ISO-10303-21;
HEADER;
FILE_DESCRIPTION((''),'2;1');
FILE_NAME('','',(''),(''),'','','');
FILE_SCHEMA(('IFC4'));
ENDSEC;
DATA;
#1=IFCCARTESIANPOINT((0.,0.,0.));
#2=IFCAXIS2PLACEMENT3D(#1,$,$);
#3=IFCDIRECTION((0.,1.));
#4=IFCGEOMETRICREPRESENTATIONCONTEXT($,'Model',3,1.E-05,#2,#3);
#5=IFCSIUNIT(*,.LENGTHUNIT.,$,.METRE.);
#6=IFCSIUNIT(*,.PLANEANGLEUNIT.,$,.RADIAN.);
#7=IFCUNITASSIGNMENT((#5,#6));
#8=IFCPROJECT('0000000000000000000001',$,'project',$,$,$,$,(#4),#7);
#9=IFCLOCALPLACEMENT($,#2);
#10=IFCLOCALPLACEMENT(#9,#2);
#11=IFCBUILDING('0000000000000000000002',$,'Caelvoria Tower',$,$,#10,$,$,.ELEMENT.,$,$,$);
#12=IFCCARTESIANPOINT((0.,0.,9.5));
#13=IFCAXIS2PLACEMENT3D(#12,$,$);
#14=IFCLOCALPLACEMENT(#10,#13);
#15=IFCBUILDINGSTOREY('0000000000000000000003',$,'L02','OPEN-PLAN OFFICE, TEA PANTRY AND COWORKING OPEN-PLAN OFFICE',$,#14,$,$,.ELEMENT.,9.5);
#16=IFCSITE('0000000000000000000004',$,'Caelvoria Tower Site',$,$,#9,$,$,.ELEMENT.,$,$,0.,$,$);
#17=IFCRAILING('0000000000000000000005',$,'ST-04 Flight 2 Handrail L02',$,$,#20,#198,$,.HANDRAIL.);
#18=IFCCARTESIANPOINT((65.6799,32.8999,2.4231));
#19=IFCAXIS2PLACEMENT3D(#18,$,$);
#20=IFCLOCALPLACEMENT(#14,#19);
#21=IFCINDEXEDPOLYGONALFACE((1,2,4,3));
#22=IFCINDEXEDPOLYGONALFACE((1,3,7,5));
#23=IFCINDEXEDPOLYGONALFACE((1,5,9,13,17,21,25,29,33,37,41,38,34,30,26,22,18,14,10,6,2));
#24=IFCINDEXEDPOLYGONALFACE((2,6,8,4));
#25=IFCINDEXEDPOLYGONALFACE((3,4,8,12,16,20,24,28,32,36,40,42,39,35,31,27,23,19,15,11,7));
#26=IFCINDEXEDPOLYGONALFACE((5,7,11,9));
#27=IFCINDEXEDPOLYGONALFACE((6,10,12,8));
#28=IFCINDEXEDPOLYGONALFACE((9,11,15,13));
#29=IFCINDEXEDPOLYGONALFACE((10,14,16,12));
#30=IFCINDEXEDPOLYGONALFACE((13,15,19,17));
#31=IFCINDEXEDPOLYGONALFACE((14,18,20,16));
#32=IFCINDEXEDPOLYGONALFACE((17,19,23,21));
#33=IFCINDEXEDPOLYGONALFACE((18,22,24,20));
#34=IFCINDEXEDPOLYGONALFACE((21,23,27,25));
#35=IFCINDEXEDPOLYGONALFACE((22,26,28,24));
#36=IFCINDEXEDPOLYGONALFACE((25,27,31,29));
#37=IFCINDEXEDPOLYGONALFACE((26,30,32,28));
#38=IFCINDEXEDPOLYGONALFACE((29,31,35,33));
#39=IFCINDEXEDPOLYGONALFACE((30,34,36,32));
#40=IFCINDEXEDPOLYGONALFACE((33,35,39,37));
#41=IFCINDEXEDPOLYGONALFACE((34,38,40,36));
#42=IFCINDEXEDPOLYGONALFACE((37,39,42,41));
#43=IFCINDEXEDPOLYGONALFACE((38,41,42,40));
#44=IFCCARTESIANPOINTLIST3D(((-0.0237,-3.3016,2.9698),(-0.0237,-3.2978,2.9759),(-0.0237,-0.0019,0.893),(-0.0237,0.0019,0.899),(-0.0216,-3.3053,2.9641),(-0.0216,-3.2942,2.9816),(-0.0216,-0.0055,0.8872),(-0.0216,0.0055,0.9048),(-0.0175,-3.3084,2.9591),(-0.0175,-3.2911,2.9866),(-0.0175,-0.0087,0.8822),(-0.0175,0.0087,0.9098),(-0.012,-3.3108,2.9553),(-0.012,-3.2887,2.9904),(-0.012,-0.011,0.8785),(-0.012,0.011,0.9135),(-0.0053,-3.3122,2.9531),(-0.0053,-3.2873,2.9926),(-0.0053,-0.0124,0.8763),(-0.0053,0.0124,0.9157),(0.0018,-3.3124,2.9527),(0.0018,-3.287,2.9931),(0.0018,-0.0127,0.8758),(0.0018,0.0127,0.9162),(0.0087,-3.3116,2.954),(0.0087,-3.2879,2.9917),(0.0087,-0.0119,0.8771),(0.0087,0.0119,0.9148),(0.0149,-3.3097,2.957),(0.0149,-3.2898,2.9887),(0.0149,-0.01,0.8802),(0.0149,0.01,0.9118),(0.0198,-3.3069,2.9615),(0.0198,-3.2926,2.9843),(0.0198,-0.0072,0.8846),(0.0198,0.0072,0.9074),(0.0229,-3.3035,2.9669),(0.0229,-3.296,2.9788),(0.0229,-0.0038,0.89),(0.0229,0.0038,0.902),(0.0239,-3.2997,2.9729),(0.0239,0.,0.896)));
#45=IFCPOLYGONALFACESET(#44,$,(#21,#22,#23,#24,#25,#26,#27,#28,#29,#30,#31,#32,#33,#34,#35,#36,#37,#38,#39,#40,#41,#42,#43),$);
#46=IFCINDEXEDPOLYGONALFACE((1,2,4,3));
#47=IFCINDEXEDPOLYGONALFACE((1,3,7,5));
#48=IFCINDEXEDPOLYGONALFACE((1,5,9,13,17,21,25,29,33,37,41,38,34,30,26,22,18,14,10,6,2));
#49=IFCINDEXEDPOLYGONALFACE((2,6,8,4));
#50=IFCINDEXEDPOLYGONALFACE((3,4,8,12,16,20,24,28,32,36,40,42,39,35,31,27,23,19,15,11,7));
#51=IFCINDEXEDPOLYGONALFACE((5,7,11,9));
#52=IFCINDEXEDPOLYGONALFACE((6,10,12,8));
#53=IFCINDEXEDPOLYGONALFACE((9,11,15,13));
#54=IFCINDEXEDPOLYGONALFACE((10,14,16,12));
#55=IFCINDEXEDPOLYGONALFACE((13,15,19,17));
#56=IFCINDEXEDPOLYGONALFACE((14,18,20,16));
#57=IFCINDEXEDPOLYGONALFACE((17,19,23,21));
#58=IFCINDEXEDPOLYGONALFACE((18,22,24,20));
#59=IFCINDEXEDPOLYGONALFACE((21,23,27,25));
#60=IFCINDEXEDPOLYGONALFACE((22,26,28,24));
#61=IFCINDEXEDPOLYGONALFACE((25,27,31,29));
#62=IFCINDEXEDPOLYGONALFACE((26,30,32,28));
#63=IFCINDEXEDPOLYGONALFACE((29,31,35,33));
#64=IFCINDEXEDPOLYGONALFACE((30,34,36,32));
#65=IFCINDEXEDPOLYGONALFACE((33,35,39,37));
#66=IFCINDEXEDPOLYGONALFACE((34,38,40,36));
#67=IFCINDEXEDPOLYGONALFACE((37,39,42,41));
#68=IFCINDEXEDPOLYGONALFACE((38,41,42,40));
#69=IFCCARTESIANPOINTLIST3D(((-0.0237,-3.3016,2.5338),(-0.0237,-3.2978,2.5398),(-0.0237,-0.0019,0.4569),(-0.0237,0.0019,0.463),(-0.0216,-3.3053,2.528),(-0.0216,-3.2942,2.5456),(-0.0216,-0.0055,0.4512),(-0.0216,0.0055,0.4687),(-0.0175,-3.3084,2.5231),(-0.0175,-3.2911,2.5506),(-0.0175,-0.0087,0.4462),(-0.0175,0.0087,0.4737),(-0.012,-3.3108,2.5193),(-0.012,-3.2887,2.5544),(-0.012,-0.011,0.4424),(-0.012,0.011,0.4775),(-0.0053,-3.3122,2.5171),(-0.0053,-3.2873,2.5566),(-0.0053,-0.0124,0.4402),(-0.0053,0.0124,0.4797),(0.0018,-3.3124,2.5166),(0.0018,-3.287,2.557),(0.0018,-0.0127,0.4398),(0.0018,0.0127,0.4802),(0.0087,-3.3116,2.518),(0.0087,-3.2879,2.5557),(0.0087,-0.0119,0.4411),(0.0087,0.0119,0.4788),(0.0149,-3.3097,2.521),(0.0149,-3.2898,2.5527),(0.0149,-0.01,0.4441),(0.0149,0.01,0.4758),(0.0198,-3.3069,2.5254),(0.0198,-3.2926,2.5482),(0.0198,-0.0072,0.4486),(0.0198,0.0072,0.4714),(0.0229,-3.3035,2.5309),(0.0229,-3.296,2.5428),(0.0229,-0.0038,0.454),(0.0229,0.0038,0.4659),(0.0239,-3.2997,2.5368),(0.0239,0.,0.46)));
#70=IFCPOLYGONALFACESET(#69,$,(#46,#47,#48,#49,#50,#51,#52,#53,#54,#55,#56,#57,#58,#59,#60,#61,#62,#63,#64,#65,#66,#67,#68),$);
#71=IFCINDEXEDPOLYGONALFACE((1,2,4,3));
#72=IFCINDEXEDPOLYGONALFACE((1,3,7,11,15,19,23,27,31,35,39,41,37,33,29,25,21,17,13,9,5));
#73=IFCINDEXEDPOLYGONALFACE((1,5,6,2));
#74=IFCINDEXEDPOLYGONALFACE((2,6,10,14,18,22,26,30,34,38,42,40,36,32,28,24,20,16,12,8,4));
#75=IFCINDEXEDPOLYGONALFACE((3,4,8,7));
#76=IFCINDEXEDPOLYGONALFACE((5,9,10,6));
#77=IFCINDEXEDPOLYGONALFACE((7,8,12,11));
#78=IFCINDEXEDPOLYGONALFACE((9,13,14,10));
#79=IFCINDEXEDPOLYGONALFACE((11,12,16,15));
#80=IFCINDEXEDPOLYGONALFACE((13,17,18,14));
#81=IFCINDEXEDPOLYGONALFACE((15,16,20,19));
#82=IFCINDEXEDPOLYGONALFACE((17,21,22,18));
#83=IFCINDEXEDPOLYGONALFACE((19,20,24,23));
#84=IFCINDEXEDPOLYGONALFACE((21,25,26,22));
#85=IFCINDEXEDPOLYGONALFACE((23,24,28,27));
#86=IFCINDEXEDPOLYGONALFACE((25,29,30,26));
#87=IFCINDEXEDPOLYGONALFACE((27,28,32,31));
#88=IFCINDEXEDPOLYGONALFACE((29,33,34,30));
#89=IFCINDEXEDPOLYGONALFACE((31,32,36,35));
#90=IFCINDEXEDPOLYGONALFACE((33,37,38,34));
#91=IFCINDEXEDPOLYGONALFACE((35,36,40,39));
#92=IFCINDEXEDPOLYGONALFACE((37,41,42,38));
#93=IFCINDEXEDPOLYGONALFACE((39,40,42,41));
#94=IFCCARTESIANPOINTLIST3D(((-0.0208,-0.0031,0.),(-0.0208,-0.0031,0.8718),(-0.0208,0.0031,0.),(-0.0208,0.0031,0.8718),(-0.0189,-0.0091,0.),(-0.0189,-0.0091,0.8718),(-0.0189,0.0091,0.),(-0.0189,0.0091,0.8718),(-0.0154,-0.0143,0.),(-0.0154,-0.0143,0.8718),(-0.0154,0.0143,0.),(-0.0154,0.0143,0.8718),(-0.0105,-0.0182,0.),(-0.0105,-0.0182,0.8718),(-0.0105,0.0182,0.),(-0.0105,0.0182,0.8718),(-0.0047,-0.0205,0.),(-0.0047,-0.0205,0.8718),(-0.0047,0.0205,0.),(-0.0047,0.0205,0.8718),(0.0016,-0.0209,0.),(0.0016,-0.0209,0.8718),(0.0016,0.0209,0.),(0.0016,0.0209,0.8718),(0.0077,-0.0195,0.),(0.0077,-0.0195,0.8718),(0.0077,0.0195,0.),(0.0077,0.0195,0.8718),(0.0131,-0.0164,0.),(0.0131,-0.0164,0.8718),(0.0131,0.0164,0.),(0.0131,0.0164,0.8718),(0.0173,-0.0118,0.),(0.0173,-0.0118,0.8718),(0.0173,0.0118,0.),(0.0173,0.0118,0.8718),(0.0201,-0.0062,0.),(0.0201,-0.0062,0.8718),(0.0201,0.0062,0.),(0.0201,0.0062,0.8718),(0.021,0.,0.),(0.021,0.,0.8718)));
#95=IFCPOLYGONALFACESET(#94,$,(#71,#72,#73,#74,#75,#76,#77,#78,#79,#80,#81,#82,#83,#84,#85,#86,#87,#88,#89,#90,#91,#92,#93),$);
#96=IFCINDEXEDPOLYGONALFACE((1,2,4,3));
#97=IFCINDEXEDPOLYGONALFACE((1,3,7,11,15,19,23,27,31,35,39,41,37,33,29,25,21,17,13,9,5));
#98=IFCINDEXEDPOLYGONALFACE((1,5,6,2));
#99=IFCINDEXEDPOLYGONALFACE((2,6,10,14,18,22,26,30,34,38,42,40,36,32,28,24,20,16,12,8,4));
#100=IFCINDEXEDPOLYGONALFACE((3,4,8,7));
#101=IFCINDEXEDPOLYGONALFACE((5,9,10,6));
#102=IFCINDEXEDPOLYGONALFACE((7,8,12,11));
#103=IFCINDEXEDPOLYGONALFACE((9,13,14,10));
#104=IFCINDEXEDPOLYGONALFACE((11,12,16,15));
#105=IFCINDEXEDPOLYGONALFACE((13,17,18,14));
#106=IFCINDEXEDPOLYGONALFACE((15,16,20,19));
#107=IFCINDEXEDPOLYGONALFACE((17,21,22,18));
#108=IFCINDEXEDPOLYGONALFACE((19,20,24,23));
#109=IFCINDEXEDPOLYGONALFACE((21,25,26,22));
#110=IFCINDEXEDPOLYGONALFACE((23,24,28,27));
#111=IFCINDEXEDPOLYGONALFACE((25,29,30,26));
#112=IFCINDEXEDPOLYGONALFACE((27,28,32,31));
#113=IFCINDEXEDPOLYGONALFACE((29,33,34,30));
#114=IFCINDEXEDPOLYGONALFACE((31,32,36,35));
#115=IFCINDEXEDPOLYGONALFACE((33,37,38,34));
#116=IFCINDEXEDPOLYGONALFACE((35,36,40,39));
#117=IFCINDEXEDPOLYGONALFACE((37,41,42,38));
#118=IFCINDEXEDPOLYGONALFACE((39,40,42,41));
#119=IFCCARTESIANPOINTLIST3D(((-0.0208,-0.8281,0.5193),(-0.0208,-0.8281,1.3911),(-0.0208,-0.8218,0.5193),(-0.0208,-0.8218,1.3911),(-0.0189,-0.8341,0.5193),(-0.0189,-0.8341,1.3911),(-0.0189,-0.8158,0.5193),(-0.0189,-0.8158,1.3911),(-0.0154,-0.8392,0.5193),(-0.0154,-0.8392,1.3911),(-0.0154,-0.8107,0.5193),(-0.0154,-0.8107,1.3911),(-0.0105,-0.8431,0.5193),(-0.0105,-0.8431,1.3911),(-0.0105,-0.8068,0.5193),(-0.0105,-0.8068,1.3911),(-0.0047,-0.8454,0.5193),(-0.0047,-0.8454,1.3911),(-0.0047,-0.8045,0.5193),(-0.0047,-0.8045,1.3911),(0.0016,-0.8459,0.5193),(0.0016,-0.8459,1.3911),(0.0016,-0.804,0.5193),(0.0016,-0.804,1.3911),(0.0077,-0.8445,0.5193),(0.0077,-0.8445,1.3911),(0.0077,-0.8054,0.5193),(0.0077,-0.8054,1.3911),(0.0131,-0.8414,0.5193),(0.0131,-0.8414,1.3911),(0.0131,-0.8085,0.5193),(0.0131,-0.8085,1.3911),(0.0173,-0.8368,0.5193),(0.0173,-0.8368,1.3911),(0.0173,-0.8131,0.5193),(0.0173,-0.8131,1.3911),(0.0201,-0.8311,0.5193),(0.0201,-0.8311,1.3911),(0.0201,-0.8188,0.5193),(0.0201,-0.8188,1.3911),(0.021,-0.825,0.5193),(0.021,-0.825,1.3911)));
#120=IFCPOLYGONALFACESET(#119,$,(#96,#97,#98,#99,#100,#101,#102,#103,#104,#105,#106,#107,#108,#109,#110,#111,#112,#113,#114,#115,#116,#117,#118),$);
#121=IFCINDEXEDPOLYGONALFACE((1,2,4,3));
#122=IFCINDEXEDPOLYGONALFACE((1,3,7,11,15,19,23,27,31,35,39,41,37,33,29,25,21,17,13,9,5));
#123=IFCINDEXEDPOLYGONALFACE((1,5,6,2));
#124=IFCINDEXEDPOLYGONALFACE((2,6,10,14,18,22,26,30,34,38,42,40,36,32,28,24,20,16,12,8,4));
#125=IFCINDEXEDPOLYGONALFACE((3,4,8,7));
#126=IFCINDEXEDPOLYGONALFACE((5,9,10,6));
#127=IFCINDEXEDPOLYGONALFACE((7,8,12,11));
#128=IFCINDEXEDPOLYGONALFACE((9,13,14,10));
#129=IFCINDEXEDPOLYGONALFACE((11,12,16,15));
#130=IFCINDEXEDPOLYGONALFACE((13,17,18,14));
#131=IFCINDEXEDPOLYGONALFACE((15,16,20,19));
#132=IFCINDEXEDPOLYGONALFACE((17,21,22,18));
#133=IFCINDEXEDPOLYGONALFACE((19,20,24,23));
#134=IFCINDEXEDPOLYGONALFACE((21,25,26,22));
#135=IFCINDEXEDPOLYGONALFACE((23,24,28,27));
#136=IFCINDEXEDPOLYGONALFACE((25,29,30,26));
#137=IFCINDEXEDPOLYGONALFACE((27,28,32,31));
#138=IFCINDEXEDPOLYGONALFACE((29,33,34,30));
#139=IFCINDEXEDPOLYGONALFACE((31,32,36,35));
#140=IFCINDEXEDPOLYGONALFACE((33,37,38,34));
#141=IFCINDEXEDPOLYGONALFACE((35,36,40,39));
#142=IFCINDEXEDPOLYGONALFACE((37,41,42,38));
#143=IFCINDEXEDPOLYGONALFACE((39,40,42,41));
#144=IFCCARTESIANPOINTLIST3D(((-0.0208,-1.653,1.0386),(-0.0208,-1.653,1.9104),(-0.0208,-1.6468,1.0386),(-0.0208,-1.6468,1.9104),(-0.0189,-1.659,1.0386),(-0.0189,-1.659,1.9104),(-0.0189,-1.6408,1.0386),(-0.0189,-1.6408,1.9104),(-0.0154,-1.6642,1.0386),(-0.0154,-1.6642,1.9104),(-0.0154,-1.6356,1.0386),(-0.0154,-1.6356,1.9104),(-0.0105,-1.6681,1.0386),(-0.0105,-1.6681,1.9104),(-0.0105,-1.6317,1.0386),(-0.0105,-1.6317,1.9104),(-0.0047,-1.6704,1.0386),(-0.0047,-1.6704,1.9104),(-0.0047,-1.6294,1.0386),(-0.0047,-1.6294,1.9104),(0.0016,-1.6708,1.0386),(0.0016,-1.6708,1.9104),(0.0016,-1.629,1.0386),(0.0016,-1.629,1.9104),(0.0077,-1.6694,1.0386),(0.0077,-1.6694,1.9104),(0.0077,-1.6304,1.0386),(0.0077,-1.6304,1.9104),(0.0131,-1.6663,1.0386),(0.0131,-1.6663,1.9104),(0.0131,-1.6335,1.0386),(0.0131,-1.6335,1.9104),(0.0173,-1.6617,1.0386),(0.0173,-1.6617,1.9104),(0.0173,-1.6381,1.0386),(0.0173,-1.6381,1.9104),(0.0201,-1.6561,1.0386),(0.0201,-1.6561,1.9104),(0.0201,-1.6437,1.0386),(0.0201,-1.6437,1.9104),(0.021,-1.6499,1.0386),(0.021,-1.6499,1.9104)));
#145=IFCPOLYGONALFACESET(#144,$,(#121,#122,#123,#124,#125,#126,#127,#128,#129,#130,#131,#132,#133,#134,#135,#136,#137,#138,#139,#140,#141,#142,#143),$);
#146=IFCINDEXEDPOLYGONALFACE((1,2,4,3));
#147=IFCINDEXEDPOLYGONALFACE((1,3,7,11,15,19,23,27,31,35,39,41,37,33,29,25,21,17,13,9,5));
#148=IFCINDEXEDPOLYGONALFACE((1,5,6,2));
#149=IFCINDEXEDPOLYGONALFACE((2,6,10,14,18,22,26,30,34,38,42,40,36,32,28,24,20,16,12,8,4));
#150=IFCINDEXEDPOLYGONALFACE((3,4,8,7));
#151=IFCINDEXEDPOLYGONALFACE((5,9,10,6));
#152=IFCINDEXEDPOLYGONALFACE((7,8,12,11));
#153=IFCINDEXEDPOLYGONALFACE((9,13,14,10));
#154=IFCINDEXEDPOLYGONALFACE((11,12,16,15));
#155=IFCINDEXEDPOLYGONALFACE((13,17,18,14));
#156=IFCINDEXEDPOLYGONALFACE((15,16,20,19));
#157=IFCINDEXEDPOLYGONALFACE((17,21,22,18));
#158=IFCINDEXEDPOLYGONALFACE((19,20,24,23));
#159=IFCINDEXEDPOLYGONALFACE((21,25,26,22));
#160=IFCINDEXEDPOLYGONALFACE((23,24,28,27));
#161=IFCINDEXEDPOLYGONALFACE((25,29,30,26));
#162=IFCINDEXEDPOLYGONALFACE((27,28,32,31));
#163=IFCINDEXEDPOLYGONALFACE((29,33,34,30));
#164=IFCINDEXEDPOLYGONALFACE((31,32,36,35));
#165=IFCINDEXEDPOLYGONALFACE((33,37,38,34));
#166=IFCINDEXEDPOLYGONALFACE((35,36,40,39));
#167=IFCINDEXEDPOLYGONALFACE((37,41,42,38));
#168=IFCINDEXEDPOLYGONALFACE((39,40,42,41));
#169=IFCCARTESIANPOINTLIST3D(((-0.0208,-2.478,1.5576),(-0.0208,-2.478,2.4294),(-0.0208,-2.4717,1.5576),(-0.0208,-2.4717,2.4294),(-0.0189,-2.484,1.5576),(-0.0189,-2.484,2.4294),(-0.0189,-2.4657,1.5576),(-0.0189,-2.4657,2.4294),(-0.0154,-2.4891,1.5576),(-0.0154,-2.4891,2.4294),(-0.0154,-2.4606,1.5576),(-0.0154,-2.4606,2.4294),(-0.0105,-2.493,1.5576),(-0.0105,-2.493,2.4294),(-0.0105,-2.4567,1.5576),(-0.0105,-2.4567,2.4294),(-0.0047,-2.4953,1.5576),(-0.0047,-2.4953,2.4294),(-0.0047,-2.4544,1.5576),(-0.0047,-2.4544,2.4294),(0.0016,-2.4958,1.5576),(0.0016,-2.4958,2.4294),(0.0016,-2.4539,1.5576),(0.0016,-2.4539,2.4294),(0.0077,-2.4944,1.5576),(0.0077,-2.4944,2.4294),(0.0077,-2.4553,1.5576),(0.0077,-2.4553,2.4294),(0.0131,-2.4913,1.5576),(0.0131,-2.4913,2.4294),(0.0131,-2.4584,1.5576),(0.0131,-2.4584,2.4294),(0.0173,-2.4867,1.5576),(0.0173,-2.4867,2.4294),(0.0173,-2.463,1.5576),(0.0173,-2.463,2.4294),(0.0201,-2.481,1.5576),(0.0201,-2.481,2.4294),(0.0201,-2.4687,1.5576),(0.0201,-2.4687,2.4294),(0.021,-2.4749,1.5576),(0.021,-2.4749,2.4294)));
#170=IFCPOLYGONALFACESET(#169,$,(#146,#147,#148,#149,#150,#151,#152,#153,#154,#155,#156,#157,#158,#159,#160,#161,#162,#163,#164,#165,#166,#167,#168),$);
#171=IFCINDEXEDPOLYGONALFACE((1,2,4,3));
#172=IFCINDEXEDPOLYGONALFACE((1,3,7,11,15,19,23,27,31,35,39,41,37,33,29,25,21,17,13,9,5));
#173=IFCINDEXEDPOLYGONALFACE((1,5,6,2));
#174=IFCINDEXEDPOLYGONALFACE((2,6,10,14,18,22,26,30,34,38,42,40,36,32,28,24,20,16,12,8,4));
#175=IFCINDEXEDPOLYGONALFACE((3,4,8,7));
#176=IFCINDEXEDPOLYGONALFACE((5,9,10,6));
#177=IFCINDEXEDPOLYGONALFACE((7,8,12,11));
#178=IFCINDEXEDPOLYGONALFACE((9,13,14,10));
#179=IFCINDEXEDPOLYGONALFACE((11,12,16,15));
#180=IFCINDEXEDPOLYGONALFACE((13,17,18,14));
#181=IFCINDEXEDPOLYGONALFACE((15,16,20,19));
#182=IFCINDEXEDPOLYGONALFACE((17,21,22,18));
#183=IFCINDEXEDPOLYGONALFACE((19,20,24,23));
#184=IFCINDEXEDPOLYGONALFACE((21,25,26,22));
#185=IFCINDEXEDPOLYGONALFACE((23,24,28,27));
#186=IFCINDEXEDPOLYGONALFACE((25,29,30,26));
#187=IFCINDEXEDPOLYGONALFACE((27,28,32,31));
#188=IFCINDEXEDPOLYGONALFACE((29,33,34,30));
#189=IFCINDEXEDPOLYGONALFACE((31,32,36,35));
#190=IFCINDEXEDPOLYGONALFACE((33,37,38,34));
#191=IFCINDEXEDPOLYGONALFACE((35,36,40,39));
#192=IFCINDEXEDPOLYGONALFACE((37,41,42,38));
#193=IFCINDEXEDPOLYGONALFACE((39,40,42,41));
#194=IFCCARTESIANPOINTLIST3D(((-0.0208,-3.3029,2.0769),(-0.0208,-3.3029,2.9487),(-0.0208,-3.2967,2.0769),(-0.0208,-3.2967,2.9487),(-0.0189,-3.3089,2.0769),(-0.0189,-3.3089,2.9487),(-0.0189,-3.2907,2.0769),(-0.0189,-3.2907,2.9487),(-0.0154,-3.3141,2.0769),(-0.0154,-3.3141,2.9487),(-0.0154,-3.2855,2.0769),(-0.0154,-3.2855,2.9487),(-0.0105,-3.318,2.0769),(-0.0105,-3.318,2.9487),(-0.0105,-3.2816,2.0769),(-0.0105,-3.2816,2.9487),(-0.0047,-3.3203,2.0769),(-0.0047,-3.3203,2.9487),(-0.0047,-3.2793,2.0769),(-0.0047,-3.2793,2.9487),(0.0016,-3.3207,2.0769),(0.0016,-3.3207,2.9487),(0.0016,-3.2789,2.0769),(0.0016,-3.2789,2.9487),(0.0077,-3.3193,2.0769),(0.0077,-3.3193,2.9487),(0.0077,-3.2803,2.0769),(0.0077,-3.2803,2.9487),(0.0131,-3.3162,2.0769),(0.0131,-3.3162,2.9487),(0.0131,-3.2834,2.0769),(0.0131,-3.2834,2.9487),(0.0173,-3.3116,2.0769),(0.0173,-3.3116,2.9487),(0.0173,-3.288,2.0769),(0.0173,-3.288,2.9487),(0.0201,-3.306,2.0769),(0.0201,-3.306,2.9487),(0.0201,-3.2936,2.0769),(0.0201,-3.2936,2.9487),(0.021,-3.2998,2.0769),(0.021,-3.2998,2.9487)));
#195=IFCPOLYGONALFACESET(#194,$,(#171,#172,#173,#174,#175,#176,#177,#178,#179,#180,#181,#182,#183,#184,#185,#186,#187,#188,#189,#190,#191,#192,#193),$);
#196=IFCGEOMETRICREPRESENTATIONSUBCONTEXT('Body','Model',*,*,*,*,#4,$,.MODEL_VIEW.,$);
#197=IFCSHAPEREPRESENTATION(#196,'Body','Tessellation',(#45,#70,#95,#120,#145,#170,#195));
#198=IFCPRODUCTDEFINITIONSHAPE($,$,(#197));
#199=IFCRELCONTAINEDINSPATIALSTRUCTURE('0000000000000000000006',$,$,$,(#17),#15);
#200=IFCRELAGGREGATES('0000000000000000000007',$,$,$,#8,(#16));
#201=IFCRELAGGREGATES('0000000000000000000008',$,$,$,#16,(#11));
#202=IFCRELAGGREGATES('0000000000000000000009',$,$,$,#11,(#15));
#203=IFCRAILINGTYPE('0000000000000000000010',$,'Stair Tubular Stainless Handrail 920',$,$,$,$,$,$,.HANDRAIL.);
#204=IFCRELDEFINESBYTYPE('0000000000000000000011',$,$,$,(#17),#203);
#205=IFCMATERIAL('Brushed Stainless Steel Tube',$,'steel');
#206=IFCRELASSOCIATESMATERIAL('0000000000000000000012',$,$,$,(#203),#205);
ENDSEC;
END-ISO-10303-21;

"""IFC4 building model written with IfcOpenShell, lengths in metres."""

from ifc_helpers import new_model, si_unit, direction, frame, origin, origin_2d, place, context, subcontext, project, spatial, circle, extrude, material, type_object, element, save


model = new_model("IFC4")

# Units and contexts
model_context = context("Model", 3, precision=1e-05, world=origin(), true_north=direction((0.0, 1.0)))
body_context = subcontext(model_context, "Body", "Model", "MODEL_VIEW")
ifc_project = project(units=[si_unit("LENGTHUNIT", "METRE"), si_unit("PLANEANGLEUNIT", "RADIAN")], contexts=[model_context])

# Site, building, storey
site_placement = place(None, origin())
site = spatial("IfcSite", under=ifc_project, at=site_placement, Name="Caelvoria Tower Site", CompositionType="ELEMENT", RefElevation=0.0)
building_placement = place(site_placement, origin())
building = spatial("IfcBuilding", under=site, at=building_placement, Name="Caelvoria Tower", CompositionType="ELEMENT")
storey_placement = place(building_placement, frame((0.0, 0.0, 9.5)))
storey = spatial("IfcBuildingStorey", under=building, at=storey_placement, Name="L02", Description="OPEN-PLAN OFFICE, TEA PANTRY AND COWORKING OPEN-PLAN OFFICE", CompositionType="ELEMENT", Elevation=9.5)

# Railing
ifc_material_1 = material(Name="Brushed Stainless Steel Tube", Category="steel")
railing_type_1 = type_object("IfcRailingType", Name="Stair Tubular Stainless Handrail 920", PredefinedType="HANDRAIL", material=ifc_material_1)
railing_1_placement = place(storey_placement, frame((65.6799, 32.8999, 2.4231)))
element("IfcRailing", 1, at=railing_1_placement, inside=storey, type_object=railing_type_1, Name="ST-04 Flight 2 Handrail L02", PredefinedType="HANDRAIL", context=body_context, shape_type="SweptSolid", body=[
    extrude(circle(Radius=0.0239, at=origin_2d()), frame((0.0, 0.0, 0.896), z_axis=(0.0, -0.84632, 0.532675), x_axis=(1.0, 0.0, 0.0)), (0.0, 0.0, 1.0), 3.8989),
    extrude(circle(Radius=0.0239, at=origin_2d()), frame((0.0, 0.0, 0.46), z_axis=(0.0, -0.84632, 0.532675), x_axis=(1.0, 0.0, 0.0)), (0.0, 0.0, 1.0), 3.8989),
    extrude(circle(Radius=0.021, at=origin_2d()), origin(), (0.0, 0.0, 1.0), 0.8718),
    extrude(circle(Radius=0.021, at=origin_2d()), frame((0.0, -0.825, 0.5193)), (0.0, 0.0, 1.0), 0.8718),
    extrude(circle(Radius=0.021, at=origin_2d()), frame((0.0, -1.6499, 1.0386)), (0.0, 0.0, 1.0), 0.8718),
    extrude(circle(Radius=0.021, at=origin_2d()), frame((0.0, -2.4749, 1.5576)), (0.0, 0.0, 1.0), 0.8718),
    extrude(circle(Radius=0.021, at=origin_2d()), frame((0.0, -3.2998, 2.0769)), (0.0, 0.0, 1.0), 0.8718),
])

save(model, "model.ifc")
